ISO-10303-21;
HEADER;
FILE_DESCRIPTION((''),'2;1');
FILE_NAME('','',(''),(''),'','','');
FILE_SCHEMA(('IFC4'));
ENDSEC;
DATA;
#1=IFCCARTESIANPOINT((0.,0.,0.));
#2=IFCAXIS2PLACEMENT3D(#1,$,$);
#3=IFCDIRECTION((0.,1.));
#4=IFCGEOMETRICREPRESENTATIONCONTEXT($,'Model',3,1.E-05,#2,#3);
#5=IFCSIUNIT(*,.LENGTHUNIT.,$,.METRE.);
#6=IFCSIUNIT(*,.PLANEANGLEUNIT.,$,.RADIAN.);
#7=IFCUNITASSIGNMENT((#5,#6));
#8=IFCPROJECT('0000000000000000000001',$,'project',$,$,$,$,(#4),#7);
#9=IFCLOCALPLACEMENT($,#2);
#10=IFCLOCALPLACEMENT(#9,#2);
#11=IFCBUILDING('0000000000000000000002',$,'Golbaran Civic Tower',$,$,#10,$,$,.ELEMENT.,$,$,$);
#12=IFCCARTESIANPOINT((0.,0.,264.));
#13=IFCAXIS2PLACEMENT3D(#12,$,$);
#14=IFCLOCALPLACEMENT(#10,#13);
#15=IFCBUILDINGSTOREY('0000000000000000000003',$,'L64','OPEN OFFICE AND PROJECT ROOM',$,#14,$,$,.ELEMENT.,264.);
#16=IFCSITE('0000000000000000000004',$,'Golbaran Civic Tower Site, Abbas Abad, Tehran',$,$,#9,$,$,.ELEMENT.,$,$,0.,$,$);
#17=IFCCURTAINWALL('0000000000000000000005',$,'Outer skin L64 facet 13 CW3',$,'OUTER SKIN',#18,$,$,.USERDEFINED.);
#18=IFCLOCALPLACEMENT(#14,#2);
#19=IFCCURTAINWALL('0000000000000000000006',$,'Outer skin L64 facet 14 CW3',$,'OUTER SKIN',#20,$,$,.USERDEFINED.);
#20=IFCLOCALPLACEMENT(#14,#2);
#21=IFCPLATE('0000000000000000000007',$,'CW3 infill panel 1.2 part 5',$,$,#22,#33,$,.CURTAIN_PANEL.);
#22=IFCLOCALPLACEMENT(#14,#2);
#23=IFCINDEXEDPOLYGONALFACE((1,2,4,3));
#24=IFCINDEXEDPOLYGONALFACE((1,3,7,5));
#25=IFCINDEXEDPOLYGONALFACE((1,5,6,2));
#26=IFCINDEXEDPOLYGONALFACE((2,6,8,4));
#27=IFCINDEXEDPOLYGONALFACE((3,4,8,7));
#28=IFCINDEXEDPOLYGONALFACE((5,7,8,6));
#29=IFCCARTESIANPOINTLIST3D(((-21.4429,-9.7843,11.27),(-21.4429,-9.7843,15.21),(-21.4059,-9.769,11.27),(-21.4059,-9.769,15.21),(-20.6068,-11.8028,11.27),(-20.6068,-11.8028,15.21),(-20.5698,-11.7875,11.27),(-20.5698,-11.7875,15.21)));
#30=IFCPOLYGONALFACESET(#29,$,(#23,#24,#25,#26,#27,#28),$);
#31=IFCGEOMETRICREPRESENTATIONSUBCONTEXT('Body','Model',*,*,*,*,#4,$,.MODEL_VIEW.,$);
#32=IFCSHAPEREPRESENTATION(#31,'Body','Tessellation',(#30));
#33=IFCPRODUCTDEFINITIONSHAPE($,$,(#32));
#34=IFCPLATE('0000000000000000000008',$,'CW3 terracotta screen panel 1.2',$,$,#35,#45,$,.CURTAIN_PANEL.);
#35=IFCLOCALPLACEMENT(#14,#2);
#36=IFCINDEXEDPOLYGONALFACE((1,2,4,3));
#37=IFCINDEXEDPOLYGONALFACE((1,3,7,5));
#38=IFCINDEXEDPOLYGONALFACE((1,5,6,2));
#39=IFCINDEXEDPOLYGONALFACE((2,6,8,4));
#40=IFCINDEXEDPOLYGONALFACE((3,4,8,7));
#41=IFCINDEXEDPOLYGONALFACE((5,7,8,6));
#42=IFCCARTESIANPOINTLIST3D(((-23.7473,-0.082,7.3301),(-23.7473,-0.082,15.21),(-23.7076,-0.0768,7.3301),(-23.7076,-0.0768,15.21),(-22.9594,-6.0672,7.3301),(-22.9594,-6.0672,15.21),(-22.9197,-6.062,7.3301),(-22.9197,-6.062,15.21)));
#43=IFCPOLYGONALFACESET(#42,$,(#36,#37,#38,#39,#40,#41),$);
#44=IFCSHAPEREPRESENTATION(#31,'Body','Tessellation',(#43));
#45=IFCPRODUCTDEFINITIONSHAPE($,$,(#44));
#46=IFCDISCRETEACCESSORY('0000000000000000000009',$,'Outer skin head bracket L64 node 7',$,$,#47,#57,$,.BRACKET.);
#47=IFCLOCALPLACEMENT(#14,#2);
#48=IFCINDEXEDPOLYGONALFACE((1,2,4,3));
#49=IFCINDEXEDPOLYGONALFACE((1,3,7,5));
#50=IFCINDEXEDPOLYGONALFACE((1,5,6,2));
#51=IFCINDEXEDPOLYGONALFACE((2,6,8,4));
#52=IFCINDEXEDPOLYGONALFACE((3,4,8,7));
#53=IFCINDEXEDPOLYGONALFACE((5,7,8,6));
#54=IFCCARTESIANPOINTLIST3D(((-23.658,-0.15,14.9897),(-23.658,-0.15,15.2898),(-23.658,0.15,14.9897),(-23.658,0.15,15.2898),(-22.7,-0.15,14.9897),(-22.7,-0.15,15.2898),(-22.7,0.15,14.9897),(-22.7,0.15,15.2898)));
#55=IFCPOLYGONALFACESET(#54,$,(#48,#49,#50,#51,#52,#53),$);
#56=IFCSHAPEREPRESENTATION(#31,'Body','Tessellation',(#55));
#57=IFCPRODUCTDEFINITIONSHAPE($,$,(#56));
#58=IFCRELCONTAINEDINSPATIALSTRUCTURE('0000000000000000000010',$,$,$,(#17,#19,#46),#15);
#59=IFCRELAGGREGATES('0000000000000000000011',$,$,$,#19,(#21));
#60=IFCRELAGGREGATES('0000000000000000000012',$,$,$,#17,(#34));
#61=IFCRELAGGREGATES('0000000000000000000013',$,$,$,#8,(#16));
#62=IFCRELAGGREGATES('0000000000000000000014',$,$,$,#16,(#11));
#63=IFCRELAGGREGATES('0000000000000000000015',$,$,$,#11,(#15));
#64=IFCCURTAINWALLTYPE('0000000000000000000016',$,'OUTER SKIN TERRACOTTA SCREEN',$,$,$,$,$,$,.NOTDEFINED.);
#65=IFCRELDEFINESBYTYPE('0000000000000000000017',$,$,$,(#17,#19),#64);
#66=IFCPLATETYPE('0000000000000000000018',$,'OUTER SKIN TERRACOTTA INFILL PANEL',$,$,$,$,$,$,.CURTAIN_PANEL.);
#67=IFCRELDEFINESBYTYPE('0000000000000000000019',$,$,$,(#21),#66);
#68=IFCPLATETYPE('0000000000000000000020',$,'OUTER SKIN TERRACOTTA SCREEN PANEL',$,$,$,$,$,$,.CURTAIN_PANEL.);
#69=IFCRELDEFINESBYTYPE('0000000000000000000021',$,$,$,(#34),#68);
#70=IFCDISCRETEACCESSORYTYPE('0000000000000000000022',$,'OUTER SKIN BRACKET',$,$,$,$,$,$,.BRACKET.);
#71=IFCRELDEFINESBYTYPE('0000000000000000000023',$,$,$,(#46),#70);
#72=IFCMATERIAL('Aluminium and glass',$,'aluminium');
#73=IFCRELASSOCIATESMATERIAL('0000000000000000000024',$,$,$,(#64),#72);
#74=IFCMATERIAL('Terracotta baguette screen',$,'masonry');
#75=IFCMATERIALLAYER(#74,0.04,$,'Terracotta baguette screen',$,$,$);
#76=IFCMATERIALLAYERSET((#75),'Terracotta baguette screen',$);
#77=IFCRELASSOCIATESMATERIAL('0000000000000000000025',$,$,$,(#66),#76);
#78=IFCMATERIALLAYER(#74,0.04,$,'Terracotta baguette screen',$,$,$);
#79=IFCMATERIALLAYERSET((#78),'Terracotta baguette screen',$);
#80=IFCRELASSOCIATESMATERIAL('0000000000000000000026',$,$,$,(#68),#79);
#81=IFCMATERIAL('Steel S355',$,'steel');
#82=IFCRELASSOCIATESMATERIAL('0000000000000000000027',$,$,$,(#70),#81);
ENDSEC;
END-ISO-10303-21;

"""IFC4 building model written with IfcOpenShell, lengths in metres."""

from ifc_helpers import new_model, si_unit, direction, frame, origin, origin_2d, place, context, subcontext, project, spatial, rectangle, extrude, material, layer, layer_set, type_object, element, aggregate, save


model = new_model("IFC4")

# Units and contexts
model_context = context("Model", 3, precision=1e-05, world=origin(), true_north=direction((0.0, 1.0)))
body_context = subcontext(model_context, "Body", "Model", "MODEL_VIEW")
ifc_project = project(units=[si_unit("LENGTHUNIT", "METRE"), si_unit("PLANEANGLEUNIT", "RADIAN")], contexts=[model_context])

# Site, building, storey
site_placement = place(None, origin())
site = spatial("IfcSite", under=ifc_project, at=site_placement, Name="Golbaran Civic Tower Site, Abbas Abad, Tehran", CompositionType="ELEMENT", RefElevation=0.0)
building_placement = place(site_placement, origin())
building = spatial("IfcBuilding", under=site, at=building_placement, Name="Golbaran Civic Tower", CompositionType="ELEMENT")
storey_placement = place(building_placement, frame((0.0, 0.0, 264.0)))
storey = spatial("IfcBuildingStorey", under=building, at=storey_placement, Name="L64", Description="OPEN OFFICE AND PROJECT ROOM", CompositionType="ELEMENT", Elevation=264.0)

# Curtain walls
ifc_material_1 = material(Name="Aluminium and glass", Category="aluminium")
curtain_wall_type_1 = type_object("IfcCurtainWallType", Name="OUTER SKIN TERRACOTTA SCREEN", PredefinedType="NOTDEFINED", material=ifc_material_1)
curtain_wall_1_placement = place(storey_placement, origin())
curtain_wall_1 = element("IfcCurtainWall", 1, at=curtain_wall_1_placement, inside=storey, type_object=curtain_wall_type_1, Name="Outer skin L64 facet 13 CW3", ObjectType="OUTER SKIN", PredefinedType="USERDEFINED")
curtain_wall_2_placement = place(storey_placement, origin())
curtain_wall_2 = element("IfcCurtainWall", 2, at=curtain_wall_2_placement, inside=storey, type_object=curtain_wall_type_1, Name="Outer skin L64 facet 14 CW3", ObjectType="OUTER SKIN", PredefinedType="USERDEFINED")

# Plates
ifc_material_2 = material(Name="Terracotta baguette screen", Category="masonry")
ifc_layer_1 = layer(ifc_material_2, 0.04, Name="Terracotta baguette screen")
ifc_layer_set_1 = layer_set([ifc_layer_1], Name="Terracotta baguette screen")
plate_type_1 = type_object("IfcPlateType", Name="OUTER SKIN TERRACOTTA INFILL PANEL", PredefinedType="CURTAIN_PANEL", material=ifc_layer_set_1)
plate_1_placement = place(storey_placement, frame((-21.0063, -10.7859, 11.27), z_axis=(0.0, 0.0, 1.0), x_axis=(0.382683, -0.92388, 0.0)))
plate_1 = element("IfcPlate", 3, at=plate_1_placement, type_object=plate_type_1, Name="CW3 infill panel 1.2 part 5", PredefinedType="CURTAIN_PANEL", context=body_context, shape_type="SweptSolid", body=[
    extrude(rectangle(XDim=2.1848, YDim=0.04, at=origin_2d()), origin(), (0.0, 0.0, 1.0), 3.9399),
])
aggregate(curtain_wall_2, [plate_1])
ifc_layer_2 = layer(ifc_material_2, 0.04, Name="Terracotta baguette screen")
ifc_layer_set_2 = layer_set([ifc_layer_2], Name="Terracotta baguette screen")
plate_type_2 = type_object("IfcPlateType", Name="OUTER SKIN TERRACOTTA SCREEN PANEL", PredefinedType="CURTAIN_PANEL", material=ifc_layer_set_2)
plate_2_placement = place(storey_placement, frame((-23.3335, -3.072, 7.3301), z_axis=(0.0, 0.0, 1.0), x_axis=(0.130526, -0.991445, 0.0)))
plate_2 = element("IfcPlate", 4, at=plate_2_placement, type_object=plate_type_2, Name="CW3 terracotta screen panel 1.2", PredefinedType="CURTAIN_PANEL", context=body_context, shape_type="SweptSolid", body=[
    extrude(rectangle(XDim=6.0369, YDim=0.04, at=origin_2d()), origin(), (0.0, 0.0, 1.0), 7.8799),
])
aggregate(curtain_wall_1, [plate_2])

# Discrete accessory
ifc_material_3 = material(Name="Steel S355", Category="steel")
discrete_accessory_type = type_object("IfcDiscreteAccessoryType", Name="OUTER SKIN BRACKET", PredefinedType="BRACKET", material=ifc_material_3)
discrete_accessory_placement = place(storey_placement, frame((-23.179, 0.0, 14.9897), z_axis=(0.0, 0.0, 1.0), x_axis=(-1.0, 0.0, 0.0)))
element("IfcDiscreteAccessory", 5, at=discrete_accessory_placement, inside=storey, type_object=discrete_accessory_type, Name="Outer skin head bracket L64 node 7", PredefinedType="BRACKET", context=body_context, shape_type="SweptSolid", body=[
    extrude(rectangle(XDim=0.958, YDim=0.3, at=origin_2d()), origin(), (0.0, 0.0, 1.0), 0.3),
])

save(model, "model.ifc")
